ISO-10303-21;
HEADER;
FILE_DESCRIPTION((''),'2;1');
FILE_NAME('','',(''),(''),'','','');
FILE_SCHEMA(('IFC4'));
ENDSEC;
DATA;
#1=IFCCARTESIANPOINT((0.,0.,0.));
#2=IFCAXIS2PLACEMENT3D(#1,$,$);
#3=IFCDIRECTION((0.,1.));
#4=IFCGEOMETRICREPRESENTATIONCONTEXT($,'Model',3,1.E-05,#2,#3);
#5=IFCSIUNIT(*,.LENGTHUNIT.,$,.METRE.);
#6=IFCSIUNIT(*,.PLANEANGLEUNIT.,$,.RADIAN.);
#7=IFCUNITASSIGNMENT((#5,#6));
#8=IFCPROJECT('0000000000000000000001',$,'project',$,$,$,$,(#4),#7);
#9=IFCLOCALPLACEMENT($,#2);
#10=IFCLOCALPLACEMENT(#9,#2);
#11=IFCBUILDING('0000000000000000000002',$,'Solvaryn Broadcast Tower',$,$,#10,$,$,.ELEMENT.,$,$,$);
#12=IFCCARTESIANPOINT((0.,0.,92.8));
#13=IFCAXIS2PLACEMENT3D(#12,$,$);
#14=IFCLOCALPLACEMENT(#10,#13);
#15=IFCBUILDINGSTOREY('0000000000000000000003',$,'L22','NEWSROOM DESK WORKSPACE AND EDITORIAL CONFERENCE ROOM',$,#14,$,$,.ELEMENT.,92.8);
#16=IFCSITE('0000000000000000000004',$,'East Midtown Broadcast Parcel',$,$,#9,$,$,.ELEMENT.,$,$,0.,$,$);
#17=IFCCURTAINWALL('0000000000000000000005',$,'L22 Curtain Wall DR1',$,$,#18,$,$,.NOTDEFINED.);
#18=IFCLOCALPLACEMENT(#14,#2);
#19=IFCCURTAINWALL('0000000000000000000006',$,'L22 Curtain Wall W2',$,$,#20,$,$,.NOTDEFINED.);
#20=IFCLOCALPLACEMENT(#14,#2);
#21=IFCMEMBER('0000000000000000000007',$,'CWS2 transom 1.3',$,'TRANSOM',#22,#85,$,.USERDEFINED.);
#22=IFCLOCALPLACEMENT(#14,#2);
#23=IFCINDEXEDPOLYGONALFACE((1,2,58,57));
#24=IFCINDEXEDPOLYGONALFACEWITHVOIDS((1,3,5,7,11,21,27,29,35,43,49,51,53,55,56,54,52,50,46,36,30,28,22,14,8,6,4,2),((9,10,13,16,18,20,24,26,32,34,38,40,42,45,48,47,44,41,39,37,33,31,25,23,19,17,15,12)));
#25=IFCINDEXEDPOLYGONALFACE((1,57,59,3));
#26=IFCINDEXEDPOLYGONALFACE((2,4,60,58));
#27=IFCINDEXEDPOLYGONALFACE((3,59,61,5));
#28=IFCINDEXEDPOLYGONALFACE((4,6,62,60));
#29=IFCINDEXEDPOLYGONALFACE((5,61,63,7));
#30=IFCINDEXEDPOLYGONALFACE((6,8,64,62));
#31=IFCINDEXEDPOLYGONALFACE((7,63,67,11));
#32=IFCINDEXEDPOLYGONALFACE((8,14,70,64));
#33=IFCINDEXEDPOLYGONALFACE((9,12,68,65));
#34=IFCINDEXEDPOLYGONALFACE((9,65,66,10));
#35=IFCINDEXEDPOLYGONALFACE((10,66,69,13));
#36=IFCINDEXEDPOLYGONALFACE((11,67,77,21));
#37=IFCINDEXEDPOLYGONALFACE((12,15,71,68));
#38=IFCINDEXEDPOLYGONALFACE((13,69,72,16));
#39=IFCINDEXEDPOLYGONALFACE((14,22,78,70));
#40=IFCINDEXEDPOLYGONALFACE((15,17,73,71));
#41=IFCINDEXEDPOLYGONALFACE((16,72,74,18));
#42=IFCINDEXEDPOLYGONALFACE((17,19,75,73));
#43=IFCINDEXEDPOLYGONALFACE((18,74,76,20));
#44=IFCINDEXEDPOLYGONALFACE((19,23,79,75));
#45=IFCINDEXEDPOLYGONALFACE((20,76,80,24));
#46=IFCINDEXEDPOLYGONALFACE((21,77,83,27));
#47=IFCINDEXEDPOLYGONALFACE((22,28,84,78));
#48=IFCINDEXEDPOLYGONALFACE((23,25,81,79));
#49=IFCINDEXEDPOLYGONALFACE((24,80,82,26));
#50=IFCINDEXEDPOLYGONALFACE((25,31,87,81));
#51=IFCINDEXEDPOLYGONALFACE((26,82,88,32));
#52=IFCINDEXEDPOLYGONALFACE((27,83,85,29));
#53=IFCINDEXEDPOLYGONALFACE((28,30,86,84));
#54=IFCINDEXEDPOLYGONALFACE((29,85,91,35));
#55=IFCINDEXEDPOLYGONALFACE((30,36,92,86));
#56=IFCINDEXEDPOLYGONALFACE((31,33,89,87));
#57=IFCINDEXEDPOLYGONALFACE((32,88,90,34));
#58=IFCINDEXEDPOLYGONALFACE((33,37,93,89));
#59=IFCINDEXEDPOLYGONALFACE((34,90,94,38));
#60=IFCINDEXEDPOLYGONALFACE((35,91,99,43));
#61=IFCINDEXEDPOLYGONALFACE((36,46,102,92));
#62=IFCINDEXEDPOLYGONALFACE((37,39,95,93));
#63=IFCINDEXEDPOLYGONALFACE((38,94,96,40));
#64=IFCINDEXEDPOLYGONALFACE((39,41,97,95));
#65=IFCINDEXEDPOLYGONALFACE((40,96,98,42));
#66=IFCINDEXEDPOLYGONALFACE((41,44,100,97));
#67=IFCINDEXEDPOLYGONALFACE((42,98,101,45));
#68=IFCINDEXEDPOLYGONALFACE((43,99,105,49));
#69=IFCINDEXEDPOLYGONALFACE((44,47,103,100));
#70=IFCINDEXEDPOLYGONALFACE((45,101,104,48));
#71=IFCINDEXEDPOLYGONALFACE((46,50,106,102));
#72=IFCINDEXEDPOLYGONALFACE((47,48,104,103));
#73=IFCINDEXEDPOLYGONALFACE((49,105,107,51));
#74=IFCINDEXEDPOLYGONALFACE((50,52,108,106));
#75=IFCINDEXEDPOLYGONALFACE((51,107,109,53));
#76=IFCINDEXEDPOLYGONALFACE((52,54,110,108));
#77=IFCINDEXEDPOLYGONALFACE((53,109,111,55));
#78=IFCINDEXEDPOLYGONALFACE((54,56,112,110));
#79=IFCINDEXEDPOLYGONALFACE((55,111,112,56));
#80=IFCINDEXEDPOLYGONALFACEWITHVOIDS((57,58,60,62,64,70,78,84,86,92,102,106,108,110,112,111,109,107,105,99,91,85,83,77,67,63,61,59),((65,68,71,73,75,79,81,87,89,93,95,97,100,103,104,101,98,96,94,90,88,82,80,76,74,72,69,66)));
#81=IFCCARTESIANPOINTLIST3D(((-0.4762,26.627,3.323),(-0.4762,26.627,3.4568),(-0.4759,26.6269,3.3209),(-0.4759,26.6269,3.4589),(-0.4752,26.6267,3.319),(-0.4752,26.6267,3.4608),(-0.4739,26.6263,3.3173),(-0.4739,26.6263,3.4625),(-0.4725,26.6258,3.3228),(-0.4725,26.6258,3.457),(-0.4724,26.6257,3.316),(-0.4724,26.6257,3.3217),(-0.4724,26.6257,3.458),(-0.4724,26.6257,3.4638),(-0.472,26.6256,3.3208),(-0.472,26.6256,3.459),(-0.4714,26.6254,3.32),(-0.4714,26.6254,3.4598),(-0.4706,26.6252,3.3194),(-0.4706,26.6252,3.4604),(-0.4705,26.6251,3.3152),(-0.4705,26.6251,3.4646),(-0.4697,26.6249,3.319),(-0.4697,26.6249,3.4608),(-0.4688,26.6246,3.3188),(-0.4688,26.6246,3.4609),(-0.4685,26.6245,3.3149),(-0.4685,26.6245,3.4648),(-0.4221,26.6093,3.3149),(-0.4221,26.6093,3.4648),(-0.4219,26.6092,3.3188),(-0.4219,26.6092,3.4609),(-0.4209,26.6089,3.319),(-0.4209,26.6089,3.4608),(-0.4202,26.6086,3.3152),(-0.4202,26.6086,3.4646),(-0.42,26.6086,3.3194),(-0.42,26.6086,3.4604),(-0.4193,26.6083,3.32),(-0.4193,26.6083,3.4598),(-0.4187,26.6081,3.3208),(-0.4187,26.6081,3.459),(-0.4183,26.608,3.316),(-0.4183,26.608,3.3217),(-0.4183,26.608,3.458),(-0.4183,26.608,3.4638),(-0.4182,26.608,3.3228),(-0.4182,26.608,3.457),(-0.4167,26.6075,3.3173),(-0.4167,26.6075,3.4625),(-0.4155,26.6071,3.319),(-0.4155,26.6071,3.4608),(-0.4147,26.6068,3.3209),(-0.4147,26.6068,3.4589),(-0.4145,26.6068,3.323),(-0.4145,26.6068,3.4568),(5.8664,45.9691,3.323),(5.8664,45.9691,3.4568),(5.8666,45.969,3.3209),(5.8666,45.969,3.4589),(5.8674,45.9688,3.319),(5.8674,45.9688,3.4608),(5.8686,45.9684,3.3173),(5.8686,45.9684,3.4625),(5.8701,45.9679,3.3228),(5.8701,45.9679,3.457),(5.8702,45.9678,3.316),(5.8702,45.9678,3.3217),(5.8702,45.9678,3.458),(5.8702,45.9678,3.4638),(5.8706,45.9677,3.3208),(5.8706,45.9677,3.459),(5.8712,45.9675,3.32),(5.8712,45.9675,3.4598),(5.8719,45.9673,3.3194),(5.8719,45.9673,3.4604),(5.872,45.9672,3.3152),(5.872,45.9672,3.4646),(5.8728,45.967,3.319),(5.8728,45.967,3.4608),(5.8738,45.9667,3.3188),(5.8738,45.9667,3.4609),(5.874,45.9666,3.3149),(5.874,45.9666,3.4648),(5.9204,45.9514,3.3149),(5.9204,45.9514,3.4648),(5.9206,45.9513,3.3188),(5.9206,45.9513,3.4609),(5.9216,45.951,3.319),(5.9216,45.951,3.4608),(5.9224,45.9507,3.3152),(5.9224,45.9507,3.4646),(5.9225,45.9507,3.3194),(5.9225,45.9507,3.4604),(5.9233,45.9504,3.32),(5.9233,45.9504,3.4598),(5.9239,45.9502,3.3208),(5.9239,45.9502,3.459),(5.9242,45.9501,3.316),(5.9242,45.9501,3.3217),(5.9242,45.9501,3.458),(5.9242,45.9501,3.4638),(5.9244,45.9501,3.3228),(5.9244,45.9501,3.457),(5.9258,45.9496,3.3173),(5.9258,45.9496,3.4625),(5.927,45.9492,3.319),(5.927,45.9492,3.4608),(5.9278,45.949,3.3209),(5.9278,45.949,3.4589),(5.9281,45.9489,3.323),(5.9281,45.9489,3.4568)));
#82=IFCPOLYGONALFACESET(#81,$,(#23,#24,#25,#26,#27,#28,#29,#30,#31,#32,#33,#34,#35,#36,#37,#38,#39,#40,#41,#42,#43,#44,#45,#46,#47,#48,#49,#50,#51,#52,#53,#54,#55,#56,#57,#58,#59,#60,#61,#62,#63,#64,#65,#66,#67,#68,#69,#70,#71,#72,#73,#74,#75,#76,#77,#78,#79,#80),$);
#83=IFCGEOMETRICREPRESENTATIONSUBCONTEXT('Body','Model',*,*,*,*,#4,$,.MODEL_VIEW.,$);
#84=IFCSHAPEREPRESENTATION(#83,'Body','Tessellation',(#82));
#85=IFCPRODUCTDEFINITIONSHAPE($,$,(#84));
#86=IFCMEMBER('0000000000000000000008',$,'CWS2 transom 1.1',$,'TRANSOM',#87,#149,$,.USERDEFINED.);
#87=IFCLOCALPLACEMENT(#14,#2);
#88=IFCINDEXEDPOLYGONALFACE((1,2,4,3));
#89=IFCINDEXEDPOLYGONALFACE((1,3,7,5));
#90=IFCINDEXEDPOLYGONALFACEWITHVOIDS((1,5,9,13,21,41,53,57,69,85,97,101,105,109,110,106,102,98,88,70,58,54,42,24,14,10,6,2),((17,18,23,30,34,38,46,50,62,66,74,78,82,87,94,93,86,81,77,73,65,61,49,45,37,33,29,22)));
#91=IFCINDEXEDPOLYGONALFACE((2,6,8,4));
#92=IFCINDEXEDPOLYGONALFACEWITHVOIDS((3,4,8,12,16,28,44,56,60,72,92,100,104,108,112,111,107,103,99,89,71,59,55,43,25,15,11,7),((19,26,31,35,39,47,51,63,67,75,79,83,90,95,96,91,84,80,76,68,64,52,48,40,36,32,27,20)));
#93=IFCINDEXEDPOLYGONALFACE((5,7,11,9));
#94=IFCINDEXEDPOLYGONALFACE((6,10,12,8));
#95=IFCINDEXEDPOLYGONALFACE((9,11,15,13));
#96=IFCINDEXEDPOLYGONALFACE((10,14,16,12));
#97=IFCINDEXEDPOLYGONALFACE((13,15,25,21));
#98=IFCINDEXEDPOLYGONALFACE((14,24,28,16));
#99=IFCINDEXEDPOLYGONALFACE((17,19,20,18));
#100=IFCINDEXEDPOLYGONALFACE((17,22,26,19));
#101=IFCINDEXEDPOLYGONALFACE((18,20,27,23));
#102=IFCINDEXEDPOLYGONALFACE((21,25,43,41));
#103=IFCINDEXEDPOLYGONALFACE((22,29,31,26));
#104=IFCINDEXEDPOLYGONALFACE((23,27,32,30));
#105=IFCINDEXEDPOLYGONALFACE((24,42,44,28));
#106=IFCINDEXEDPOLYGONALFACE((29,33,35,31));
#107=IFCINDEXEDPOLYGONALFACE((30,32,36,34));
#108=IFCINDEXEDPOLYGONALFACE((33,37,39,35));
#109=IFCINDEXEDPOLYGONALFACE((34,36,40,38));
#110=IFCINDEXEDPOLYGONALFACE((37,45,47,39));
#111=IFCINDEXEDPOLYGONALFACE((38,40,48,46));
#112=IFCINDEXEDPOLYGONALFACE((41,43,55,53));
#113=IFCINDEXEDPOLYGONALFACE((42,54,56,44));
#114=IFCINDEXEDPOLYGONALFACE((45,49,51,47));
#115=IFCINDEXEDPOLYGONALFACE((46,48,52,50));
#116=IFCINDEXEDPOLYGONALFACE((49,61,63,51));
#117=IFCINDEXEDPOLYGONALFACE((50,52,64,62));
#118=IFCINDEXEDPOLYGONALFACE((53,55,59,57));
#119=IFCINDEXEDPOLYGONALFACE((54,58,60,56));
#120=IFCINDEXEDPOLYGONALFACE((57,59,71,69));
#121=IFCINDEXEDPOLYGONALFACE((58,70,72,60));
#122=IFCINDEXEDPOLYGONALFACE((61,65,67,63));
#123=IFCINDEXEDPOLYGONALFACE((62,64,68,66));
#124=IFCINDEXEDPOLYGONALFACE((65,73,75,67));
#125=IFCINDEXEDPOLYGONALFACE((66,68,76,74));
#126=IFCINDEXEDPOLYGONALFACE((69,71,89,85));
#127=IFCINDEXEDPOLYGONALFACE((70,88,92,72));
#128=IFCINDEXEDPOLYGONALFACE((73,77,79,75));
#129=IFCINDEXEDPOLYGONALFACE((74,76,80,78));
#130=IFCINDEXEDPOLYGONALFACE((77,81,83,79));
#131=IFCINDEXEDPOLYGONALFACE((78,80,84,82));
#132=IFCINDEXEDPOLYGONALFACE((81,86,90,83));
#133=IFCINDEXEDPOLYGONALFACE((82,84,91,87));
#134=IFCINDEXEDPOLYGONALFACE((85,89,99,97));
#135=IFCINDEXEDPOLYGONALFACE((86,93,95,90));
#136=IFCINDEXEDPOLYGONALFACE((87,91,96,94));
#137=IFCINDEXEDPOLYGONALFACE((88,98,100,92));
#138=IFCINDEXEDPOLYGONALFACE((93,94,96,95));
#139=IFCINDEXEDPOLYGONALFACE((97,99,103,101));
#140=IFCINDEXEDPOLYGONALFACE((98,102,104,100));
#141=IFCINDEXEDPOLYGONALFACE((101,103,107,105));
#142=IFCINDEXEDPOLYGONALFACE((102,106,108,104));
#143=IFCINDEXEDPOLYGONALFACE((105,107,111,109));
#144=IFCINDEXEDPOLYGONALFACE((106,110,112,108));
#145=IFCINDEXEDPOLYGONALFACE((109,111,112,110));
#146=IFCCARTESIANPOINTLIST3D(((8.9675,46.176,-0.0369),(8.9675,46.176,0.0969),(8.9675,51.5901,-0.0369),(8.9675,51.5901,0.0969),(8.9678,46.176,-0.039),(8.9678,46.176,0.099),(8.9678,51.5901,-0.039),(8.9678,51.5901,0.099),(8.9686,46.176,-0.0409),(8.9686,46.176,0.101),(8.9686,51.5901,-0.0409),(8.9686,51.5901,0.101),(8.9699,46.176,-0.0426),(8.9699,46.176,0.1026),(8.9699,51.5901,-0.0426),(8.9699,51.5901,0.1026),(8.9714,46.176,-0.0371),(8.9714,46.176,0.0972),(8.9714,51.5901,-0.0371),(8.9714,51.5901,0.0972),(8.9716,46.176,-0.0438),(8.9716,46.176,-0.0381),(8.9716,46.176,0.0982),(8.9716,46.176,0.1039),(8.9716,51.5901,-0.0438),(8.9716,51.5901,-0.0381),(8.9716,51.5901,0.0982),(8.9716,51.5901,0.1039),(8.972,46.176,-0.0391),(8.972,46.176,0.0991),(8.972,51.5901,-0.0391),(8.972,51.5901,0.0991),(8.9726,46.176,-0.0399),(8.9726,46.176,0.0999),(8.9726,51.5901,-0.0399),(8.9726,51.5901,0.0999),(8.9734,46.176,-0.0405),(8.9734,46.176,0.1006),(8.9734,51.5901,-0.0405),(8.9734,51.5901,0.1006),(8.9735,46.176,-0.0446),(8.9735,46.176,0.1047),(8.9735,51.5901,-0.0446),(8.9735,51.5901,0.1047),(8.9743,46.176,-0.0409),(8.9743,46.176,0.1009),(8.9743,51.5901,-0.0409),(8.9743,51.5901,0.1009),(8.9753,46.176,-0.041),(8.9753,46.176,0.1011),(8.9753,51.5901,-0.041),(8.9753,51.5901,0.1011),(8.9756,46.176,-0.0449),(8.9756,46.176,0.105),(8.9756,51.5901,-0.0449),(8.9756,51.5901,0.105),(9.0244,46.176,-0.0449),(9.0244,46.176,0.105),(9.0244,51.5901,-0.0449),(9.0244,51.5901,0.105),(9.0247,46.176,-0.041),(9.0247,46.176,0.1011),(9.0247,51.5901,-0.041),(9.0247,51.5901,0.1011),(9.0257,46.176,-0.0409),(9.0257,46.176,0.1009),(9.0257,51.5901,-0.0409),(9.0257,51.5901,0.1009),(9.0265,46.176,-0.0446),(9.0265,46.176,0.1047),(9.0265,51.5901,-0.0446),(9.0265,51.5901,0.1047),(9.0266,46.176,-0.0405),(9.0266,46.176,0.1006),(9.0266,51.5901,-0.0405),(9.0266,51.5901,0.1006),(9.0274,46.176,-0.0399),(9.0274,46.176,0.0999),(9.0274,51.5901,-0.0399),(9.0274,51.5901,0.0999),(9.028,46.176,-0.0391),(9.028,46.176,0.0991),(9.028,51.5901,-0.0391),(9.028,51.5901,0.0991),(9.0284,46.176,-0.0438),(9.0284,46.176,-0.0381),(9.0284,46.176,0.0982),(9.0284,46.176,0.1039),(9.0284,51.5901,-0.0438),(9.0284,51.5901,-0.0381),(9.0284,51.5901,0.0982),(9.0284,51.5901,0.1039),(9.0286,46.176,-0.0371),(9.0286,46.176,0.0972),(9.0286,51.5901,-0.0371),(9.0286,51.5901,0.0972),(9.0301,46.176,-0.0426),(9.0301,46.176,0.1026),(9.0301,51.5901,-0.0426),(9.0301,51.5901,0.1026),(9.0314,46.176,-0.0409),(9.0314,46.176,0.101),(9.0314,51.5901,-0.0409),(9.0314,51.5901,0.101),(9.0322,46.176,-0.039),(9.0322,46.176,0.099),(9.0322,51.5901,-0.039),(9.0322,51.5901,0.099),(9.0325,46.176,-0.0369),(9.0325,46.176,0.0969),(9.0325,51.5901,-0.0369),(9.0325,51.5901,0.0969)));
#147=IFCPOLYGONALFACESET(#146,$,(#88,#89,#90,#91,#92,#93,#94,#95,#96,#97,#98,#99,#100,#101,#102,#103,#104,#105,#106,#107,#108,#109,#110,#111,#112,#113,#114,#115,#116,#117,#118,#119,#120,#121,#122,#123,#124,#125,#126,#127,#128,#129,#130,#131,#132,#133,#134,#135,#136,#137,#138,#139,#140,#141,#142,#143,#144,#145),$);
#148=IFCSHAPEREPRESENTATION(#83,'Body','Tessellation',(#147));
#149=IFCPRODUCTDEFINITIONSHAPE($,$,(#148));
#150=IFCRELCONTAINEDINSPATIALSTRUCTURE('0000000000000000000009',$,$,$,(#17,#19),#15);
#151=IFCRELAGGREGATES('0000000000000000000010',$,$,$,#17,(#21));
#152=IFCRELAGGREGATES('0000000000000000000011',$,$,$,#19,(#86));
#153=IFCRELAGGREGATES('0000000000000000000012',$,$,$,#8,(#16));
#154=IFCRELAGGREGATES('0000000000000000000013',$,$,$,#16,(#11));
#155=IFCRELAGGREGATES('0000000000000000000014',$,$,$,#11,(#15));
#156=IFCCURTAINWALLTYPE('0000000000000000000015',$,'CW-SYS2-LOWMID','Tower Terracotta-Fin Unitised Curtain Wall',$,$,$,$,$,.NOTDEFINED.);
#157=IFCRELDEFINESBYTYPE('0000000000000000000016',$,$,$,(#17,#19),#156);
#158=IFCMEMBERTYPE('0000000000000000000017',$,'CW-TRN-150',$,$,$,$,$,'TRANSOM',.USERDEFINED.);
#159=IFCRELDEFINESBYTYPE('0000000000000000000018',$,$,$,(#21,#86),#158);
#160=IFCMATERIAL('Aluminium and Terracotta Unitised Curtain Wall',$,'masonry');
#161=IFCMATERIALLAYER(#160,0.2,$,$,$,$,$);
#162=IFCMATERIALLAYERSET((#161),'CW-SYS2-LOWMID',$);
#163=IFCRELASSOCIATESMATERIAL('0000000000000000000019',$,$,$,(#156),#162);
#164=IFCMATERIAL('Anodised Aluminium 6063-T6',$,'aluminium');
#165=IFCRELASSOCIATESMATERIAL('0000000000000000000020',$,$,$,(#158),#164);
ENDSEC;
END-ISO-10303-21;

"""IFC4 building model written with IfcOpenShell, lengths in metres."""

from ifc_helpers import new_model, si_unit, direction, frame, origin, origin_2d, place, context, subcontext, project, spatial, hollow_rectangle, extrude, material, layer, layer_set, material_profile, profile_set, type_object, element, aggregate, save


model = new_model("IFC4")

# Units and contexts
model_context = context("Model", 3, precision=1e-05, world=origin(), true_north=direction((0.0, 1.0)))
body_context = subcontext(model_context, "Body", "Model", "MODEL_VIEW")
ifc_project = project(units=[si_unit("LENGTHUNIT", "METRE"), si_unit("PLANEANGLEUNIT", "RADIAN")], contexts=[model_context])

# Site, building, storey
site_placement = place(None, origin())
site = spatial("IfcSite", under=ifc_project, at=site_placement, Name="East Midtown Broadcast Parcel", CompositionType="ELEMENT", RefElevation=0.0)
building_placement = place(site_placement, origin())
building = spatial("IfcBuilding", under=site, at=building_placement, Name="Solvaryn Broadcast Tower", CompositionType="ELEMENT")
storey_placement = place(building_placement, frame((0.0, 0.0, 92.8)))
storey = spatial("IfcBuildingStorey", under=building, at=storey_placement, Name="L22", Description="NEWSROOM DESK WORKSPACE AND EDITORIAL CONFERENCE ROOM", CompositionType="ELEMENT", Elevation=92.8)

# Curtain wall
ifc_material_1 = material(Name="Aluminium and Terracotta Unitised Curtain Wall", Category="masonry")
ifc_layer_1 = layer(ifc_material_1, 0.2)
ifc_layer_set_1 = layer_set([ifc_layer_1], Name="CW-SYS2-LOWMID")
curtain_wall_type = type_object("IfcCurtainWallType", Name="CW-SYS2-LOWMID", Description="Tower Terracotta-Fin Unitised Curtain Wall", PredefinedType="NOTDEFINED", material=ifc_layer_set_1)
curtain_wall_1_placement = place(storey_placement, origin())
curtain_wall_1 = element("IfcCurtainWall", 1, at=curtain_wall_1_placement, inside=storey, type_object=curtain_wall_type, Name="L22 Curtain Wall DR1", PredefinedType="NOTDEFINED")

# Curtain wall
curtain_wall_2_placement = place(storey_placement, origin())
curtain_wall_2 = element("IfcCurtainWall", 2, at=curtain_wall_2_placement, inside=storey, type_object=curtain_wall_type, Name="L22 Curtain Wall W2", PredefinedType="NOTDEFINED")

# Members
ifc_material_2 = material(Name="Anodised Aluminium 6063-T6", Category="aluminium")
ifc_material_profile_1 = material_profile(ifc_material_2, hollow_rectangle(XDim=0.0649, YDim=0.1499, WallThickness=0.0039, InnerFilletRadius=0.0039, OuterFilletRadius=0.0081, at=origin_2d()))
ifc_profile_set_1 = profile_set([ifc_material_profile_1], Name="Anodised Aluminium 6063-T6")
member_type_1 = type_object("IfcMemberType", Name="CW-TRN-150", ElementType="TRANSOM", PredefinedType="USERDEFINED", material=ifc_profile_set_1)
member_1_placement = place(storey_placement, frame((5.8972, 45.959, 3.3899), z_axis=(-0.31159, -0.950217, 0.0), x_axis=(0.950217, -0.31159, 0.0)))
member_1 = element("IfcMember", 3, at=member_1_placement, type_object=member_type_1, Name="CWS2 transom 1.3", ObjectType="TRANSOM", PredefinedType="USERDEFINED", context=body_context, shape_type="SweptSolid", body=[
    extrude(hollow_rectangle(XDim=0.0649, YDim=0.1499, WallThickness=0.0039, InnerFilletRadius=0.0039, OuterFilletRadius=0.0081, at=origin_2d()), origin(), (0.0, 0.0, 1.0), 20.3555),
])
aggregate(curtain_wall_1, [member_1])
member_2_placement = place(storey_placement, frame((9.0, 46.176, 0.03), z_axis=(0.0, 1.0, 0.0), x_axis=(-1.0, 0.0, 0.0)))
member_2 = element("IfcMember", 4, at=member_2_placement, type_object=member_type_1, Name="CWS2 transom 1.1", ObjectType="TRANSOM", PredefinedType="USERDEFINED", context=body_context, shape_type="SweptSolid", body=[
    extrude(hollow_rectangle(XDim=0.0649, YDim=0.1499, WallThickness=0.0039, InnerFilletRadius=0.0039, OuterFilletRadius=0.0081, at=origin_2d()), origin(), (0.0, 0.0, 1.0), 5.4141),
])

aggregate(curtain_wall_2, [member_2])

save(model, "model.ifc")
